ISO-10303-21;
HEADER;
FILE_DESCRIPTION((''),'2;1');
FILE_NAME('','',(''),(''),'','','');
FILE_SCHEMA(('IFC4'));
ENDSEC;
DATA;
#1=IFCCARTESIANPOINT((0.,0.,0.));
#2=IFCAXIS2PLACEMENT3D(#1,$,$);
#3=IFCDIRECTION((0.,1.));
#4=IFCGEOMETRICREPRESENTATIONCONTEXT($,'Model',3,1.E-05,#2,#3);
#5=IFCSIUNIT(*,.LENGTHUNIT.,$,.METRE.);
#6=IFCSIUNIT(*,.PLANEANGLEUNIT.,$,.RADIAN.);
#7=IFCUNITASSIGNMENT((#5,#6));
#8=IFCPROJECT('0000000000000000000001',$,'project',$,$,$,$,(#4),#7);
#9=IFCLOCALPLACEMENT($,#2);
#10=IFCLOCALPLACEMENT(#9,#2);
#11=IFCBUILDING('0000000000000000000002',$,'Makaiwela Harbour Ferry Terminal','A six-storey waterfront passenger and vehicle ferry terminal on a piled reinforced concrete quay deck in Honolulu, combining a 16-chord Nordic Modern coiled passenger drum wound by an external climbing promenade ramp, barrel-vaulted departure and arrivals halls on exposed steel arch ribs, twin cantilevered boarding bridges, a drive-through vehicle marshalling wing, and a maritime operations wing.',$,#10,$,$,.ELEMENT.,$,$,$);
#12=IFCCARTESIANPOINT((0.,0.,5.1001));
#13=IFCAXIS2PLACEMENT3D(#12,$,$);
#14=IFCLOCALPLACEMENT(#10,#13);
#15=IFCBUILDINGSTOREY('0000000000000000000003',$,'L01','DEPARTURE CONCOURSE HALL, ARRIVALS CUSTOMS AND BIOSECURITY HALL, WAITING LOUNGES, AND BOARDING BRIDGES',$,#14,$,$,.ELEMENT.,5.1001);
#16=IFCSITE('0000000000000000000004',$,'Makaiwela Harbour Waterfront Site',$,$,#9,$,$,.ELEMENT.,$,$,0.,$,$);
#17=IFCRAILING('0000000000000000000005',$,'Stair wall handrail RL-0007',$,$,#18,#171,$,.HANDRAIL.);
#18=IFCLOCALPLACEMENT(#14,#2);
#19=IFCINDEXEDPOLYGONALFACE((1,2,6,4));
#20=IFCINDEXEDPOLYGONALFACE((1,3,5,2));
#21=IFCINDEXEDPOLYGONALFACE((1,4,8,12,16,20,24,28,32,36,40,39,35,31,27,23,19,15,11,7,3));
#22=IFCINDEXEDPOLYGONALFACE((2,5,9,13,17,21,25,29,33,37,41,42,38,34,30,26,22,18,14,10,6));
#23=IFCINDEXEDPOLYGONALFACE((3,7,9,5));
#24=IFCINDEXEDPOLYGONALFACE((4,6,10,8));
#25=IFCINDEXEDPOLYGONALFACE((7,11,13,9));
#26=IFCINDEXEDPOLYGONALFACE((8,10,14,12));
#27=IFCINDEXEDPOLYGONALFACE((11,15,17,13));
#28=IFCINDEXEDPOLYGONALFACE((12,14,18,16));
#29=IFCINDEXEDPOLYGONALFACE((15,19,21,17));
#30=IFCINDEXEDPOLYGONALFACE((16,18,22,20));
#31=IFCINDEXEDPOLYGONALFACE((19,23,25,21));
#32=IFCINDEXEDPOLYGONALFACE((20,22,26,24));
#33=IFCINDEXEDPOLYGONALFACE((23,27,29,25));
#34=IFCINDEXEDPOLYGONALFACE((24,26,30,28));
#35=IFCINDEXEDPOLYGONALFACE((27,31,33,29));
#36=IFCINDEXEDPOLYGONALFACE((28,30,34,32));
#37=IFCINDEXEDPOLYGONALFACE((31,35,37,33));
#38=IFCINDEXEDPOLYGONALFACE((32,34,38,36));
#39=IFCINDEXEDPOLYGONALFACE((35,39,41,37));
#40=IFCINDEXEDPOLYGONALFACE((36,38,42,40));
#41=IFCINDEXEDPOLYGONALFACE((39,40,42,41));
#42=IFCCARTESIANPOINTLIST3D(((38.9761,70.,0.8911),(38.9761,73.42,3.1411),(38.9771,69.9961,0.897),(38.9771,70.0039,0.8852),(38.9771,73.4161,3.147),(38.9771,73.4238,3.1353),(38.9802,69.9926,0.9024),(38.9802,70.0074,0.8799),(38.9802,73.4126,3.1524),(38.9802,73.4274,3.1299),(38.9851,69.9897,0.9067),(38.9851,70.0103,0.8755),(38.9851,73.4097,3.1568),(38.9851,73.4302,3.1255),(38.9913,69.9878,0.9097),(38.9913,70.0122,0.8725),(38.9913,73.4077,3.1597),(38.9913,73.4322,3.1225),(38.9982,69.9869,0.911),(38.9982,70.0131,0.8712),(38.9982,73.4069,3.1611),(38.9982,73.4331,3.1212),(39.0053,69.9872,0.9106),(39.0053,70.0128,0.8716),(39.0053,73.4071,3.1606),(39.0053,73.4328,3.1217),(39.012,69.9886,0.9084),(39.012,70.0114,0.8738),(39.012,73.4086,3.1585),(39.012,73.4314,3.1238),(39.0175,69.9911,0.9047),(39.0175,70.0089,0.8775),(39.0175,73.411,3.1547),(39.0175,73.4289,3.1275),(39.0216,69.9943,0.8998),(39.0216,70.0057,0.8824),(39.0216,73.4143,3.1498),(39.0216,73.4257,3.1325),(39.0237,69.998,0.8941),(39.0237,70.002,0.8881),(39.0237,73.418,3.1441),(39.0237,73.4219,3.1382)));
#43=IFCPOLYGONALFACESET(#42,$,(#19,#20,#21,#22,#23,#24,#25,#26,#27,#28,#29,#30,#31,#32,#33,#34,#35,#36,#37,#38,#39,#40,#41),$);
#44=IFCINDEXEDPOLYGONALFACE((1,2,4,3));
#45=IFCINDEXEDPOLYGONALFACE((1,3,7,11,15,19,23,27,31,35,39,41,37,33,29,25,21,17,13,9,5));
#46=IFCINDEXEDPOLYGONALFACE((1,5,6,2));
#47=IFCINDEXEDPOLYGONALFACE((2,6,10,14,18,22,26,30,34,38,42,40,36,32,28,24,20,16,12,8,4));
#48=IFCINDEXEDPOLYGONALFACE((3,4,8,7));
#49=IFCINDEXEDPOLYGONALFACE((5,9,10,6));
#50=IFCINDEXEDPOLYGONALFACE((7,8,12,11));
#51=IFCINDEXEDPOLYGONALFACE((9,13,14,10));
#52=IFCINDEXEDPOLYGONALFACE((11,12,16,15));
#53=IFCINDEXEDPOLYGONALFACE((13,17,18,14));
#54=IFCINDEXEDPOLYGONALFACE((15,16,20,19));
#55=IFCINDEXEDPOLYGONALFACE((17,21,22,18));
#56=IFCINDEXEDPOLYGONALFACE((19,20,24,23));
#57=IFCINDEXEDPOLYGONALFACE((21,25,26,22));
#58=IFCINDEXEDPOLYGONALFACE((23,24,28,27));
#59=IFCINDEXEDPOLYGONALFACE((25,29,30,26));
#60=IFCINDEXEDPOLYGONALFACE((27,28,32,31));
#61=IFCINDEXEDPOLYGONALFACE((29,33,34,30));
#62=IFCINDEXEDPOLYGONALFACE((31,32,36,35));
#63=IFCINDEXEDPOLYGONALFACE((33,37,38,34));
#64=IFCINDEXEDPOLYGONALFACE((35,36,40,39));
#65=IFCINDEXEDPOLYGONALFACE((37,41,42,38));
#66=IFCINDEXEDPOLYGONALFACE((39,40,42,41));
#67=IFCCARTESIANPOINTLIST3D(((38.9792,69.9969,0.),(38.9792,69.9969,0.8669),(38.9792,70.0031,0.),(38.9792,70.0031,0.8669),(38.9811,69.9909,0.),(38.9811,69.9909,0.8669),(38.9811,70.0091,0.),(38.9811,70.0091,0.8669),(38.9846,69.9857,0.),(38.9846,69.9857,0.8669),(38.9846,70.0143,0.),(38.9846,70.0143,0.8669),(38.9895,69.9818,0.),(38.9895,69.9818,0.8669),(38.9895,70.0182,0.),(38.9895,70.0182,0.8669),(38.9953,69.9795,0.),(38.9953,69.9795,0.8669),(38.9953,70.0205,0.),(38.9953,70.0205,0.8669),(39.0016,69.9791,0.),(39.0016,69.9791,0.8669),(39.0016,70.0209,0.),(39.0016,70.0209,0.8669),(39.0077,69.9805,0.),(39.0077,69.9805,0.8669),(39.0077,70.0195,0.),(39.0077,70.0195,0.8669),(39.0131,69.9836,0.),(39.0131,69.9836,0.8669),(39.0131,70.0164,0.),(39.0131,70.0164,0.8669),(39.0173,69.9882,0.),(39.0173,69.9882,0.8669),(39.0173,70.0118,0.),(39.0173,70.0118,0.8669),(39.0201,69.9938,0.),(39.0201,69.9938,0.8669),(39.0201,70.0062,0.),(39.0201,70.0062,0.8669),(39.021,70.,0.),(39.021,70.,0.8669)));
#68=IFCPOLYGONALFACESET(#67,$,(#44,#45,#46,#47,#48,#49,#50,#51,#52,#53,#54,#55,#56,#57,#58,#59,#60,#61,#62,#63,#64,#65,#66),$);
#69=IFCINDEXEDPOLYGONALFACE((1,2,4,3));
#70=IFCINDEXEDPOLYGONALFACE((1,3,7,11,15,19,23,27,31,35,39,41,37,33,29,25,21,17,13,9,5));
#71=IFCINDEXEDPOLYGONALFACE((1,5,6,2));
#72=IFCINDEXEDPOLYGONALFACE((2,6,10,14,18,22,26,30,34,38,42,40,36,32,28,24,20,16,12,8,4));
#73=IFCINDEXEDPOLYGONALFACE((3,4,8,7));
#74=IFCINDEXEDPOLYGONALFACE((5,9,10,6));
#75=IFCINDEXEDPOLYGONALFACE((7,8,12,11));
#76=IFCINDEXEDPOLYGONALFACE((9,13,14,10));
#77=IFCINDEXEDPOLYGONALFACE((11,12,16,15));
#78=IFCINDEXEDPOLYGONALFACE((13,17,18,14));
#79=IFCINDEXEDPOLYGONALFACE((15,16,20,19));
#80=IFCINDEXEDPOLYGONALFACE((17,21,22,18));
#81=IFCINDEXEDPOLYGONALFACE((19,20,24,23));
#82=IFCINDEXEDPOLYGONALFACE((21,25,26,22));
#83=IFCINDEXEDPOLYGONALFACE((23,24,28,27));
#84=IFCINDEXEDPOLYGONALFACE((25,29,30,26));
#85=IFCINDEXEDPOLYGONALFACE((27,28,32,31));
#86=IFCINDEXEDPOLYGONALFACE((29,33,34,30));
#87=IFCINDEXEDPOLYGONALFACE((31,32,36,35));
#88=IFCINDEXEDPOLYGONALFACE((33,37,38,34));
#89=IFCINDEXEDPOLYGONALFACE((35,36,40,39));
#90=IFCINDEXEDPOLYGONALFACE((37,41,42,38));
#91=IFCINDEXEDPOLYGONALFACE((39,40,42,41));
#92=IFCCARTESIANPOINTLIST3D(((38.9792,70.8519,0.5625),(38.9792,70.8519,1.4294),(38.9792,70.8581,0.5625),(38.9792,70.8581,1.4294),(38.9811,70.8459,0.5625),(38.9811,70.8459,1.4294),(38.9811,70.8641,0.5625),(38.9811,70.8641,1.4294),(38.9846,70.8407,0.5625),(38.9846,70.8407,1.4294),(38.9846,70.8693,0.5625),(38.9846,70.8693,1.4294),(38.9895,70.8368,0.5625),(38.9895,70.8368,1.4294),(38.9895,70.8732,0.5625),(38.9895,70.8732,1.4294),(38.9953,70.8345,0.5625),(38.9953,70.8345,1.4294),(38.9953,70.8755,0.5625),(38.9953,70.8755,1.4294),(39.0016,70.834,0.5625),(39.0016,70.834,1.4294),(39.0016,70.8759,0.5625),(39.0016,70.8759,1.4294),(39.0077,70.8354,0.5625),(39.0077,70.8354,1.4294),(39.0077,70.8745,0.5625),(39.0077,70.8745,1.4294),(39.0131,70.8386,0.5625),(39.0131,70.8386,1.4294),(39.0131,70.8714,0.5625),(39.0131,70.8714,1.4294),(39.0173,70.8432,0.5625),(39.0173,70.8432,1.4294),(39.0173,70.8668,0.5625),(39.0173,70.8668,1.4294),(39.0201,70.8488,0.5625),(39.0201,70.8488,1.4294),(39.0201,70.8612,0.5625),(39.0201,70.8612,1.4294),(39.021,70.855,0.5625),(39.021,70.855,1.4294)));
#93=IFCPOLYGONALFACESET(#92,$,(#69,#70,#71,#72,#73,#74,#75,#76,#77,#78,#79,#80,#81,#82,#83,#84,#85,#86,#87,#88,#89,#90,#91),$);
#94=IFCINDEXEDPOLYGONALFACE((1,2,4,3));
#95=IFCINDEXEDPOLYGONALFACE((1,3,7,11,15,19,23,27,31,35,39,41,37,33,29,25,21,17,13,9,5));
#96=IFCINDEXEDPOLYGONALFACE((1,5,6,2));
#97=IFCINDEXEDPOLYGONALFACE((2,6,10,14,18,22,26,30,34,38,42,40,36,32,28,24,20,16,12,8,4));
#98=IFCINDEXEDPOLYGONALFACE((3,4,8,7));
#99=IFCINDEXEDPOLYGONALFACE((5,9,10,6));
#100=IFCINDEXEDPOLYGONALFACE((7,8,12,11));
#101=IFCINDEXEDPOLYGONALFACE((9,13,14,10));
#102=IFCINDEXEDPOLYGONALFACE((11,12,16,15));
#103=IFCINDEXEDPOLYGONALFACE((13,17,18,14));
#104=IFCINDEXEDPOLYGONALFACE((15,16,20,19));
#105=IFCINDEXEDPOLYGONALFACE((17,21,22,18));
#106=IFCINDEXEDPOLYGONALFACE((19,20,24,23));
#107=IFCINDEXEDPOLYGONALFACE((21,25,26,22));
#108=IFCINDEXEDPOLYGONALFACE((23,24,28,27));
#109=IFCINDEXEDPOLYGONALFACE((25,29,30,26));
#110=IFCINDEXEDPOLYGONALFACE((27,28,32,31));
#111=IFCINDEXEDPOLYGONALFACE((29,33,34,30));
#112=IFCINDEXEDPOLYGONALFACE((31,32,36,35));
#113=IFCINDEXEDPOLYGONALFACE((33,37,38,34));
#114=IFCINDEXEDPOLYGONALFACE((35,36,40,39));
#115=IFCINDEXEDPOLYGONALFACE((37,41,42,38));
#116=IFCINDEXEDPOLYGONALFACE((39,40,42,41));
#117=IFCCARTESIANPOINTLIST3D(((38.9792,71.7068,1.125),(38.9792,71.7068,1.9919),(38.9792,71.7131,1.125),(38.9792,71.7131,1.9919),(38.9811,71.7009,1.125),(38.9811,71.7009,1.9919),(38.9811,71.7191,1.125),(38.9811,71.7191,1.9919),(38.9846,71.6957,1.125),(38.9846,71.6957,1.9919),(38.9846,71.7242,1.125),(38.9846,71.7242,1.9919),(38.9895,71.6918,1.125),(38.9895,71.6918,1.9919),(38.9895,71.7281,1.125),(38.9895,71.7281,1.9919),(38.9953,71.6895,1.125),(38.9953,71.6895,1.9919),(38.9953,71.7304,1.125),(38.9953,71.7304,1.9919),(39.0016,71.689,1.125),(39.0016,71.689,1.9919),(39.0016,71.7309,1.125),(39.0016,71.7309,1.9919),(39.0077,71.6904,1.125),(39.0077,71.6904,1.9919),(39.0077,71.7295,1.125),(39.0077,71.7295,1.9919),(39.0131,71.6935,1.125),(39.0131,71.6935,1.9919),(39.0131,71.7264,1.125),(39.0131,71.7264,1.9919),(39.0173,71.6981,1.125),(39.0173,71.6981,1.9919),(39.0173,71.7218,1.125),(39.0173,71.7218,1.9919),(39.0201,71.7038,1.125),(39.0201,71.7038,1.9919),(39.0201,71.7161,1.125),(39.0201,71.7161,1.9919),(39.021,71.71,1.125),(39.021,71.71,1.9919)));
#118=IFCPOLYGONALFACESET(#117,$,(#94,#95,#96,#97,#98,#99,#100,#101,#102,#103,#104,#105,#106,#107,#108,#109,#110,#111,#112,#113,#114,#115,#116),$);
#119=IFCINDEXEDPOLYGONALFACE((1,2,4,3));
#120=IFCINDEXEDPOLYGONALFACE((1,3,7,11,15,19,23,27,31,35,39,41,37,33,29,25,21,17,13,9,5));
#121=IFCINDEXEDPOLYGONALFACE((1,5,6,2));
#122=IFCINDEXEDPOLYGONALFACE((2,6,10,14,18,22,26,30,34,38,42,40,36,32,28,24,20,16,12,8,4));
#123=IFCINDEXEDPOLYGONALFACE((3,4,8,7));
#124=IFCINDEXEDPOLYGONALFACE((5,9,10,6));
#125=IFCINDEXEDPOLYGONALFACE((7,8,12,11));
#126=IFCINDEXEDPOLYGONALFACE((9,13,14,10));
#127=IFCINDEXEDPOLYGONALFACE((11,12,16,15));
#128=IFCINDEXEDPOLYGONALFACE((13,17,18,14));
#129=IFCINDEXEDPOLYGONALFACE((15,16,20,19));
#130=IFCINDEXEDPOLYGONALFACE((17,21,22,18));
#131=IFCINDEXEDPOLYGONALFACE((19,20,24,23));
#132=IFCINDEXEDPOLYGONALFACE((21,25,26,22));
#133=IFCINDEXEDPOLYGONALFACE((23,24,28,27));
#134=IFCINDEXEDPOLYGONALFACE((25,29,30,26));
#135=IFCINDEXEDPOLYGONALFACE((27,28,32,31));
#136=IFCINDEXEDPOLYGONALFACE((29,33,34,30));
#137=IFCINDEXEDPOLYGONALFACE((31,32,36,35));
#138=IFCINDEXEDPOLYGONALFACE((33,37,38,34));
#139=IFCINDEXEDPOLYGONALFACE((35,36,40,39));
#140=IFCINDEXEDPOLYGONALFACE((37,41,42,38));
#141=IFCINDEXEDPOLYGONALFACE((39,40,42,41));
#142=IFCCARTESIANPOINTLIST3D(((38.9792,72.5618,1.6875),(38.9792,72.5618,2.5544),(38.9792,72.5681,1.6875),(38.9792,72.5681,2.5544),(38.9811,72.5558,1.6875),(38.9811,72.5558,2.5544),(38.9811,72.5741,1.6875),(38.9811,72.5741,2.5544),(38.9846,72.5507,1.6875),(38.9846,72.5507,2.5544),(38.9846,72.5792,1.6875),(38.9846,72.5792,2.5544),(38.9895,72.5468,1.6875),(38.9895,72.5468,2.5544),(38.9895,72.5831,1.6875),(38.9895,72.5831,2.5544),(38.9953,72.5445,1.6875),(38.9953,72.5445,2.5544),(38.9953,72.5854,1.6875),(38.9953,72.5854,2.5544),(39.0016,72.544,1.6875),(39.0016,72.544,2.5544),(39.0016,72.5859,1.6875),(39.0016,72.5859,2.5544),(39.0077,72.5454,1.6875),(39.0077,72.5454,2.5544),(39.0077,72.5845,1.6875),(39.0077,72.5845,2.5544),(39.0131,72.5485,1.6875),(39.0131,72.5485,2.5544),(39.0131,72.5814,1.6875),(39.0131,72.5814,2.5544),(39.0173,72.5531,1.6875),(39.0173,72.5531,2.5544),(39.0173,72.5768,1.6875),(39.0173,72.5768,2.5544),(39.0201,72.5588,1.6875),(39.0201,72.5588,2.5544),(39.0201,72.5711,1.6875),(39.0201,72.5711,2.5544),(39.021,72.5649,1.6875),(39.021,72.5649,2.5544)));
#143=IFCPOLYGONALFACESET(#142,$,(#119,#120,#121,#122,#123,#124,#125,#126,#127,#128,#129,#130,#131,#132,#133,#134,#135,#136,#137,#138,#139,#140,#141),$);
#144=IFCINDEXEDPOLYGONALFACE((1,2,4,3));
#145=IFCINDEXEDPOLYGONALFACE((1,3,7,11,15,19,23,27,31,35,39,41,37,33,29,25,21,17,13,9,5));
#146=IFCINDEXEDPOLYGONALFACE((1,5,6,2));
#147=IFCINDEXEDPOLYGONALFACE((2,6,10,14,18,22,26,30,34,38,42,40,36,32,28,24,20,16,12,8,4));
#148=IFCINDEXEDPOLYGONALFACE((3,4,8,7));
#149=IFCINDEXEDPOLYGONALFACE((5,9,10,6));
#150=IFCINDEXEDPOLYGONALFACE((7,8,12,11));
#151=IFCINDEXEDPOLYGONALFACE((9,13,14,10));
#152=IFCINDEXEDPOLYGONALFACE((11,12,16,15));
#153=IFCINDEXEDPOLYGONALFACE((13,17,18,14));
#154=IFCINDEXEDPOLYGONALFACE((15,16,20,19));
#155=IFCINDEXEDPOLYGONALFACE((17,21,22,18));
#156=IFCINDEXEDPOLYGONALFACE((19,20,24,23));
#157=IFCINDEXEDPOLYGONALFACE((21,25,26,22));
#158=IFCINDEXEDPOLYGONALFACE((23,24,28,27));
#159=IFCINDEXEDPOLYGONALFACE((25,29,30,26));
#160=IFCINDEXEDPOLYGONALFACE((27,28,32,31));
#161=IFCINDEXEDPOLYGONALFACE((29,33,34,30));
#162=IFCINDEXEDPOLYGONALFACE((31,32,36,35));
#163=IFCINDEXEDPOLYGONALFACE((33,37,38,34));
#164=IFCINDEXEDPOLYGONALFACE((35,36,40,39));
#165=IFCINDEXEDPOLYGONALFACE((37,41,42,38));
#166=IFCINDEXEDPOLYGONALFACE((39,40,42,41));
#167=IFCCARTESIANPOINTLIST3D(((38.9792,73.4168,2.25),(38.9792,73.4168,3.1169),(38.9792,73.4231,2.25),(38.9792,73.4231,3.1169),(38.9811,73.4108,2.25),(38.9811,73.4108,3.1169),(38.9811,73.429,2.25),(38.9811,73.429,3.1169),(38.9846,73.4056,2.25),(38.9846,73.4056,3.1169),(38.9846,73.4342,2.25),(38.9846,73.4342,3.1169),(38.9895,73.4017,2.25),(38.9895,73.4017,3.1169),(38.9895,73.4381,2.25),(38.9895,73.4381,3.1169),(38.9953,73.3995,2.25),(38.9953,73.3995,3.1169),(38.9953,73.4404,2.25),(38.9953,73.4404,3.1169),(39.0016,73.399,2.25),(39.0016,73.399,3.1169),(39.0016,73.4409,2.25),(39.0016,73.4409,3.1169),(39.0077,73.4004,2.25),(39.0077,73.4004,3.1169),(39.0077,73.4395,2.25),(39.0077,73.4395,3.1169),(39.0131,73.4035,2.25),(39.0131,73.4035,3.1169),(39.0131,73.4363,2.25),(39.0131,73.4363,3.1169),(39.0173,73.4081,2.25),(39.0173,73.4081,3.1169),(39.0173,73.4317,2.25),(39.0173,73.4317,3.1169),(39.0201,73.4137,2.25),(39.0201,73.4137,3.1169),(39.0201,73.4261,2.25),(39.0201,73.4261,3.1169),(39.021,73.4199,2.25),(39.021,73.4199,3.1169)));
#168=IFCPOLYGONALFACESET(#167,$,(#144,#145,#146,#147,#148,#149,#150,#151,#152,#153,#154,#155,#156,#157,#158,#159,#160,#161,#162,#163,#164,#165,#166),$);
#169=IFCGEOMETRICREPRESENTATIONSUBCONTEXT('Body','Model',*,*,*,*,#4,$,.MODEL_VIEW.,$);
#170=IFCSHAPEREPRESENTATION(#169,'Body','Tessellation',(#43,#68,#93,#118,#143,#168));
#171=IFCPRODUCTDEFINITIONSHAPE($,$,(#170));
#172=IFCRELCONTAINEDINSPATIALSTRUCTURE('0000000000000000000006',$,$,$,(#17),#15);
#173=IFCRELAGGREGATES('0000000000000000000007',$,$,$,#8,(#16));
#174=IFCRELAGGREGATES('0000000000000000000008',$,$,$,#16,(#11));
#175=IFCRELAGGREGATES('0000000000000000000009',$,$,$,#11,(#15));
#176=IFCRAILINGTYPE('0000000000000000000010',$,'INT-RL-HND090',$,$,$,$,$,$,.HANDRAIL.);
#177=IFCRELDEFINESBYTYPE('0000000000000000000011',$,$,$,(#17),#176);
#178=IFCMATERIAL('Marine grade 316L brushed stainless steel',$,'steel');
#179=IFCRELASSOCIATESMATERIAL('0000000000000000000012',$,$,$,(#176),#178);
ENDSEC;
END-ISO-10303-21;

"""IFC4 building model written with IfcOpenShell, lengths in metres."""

from ifc_helpers import new_model, si_unit, direction, frame, origin, origin_2d, place, context, subcontext, project, spatial, circle, extrude, material, type_object, element, save


model = new_model("IFC4")

# Units and contexts
model_context = context("Model", 3, precision=1e-05, world=origin(), true_north=direction((0.0, 1.0)))
body_context = subcontext(model_context, "Body", "Model", "MODEL_VIEW")
ifc_project = project(units=[si_unit("LENGTHUNIT", "METRE"), si_unit("PLANEANGLEUNIT", "RADIAN")], contexts=[model_context])

# Site, building, storey
site_placement = place(None, origin())
site = spatial("IfcSite", under=ifc_project, at=site_placement, Name="Makaiwela Harbour Waterfront Site", CompositionType="ELEMENT", RefElevation=0.0)
building_placement = place(site_placement, origin())
building = spatial("IfcBuilding", under=site, at=building_placement, Name="Makaiwela Harbour Ferry Terminal", Description="A six-storey waterfront passenger and vehicle ferry terminal on a piled reinforced concrete quay deck in Honolulu, combining a 16-chord Nordic Modern coiled passenger drum wound by an external climbing promenade ramp, barrel-vaulted departure and arrivals halls on exposed steel arch ribs, twin cantilevered boarding bridges, a drive-through vehicle marshalling wing, and a maritime operations wing.", CompositionType="ELEMENT")
storey_placement = place(building_placement, frame((0.0, 0.0, 5.1001)))
storey = spatial("IfcBuildingStorey", under=building, at=storey_placement, Name="L01", Description="DEPARTURE CONCOURSE HALL, ARRIVALS CUSTOMS AND BIOSECURITY HALL, WAITING LOUNGES, AND BOARDING BRIDGES", CompositionType="ELEMENT", Elevation=5.1001)

# Shared definitions
ifc_material_1 = material(Name="Marine grade 316L brushed stainless steel", Category="steel")

# Railing
railing_type_1 = type_object("IfcRailingType", Name="INT-RL-HND090", PredefinedType="HANDRAIL", material=ifc_material_1)
railing_1_placement = place(storey_placement, frame((39.0, 70.0, 0.0)))
element("IfcRailing", 1, at=railing_1_placement, inside=storey, type_object=railing_type_1, Name="Stair wall handrail RL-0007", PredefinedType="HANDRAIL", context=body_context, shape_type="SweptSolid", body=[
    extrude(circle(Radius=0.0239, at=origin_2d()), frame((0.0, 0.0, 0.8911), z_axis=(0.0, 0.835411, 0.549625), x_axis=(-1.0, 0.0, 0.0)), (0.0, 0.0, 1.0), 4.0938),
    extrude(circle(Radius=0.021, at=origin_2d()), origin(), (0.0, 0.0, 1.0), 0.8669),
    extrude(circle(Radius=0.021, at=origin_2d()), frame((0.0, 0.855, 0.5625)), (0.0, 0.0, 1.0), 0.8669),
    extrude(circle(Radius=0.021, at=origin_2d()), frame((0.0, 1.71, 1.125)), (0.0, 0.0, 1.0), 0.8669),
    extrude(circle(Radius=0.021, at=origin_2d()), frame((0.0, 2.5649, 1.6875)), (0.0, 0.0, 1.0), 0.8669),
    extrude(circle(Radius=0.021, at=origin_2d()), frame((0.0, 3.4199, 2.25)), (0.0, 0.0, 1.0), 0.8669),
])

save(model, "model.ifc")
